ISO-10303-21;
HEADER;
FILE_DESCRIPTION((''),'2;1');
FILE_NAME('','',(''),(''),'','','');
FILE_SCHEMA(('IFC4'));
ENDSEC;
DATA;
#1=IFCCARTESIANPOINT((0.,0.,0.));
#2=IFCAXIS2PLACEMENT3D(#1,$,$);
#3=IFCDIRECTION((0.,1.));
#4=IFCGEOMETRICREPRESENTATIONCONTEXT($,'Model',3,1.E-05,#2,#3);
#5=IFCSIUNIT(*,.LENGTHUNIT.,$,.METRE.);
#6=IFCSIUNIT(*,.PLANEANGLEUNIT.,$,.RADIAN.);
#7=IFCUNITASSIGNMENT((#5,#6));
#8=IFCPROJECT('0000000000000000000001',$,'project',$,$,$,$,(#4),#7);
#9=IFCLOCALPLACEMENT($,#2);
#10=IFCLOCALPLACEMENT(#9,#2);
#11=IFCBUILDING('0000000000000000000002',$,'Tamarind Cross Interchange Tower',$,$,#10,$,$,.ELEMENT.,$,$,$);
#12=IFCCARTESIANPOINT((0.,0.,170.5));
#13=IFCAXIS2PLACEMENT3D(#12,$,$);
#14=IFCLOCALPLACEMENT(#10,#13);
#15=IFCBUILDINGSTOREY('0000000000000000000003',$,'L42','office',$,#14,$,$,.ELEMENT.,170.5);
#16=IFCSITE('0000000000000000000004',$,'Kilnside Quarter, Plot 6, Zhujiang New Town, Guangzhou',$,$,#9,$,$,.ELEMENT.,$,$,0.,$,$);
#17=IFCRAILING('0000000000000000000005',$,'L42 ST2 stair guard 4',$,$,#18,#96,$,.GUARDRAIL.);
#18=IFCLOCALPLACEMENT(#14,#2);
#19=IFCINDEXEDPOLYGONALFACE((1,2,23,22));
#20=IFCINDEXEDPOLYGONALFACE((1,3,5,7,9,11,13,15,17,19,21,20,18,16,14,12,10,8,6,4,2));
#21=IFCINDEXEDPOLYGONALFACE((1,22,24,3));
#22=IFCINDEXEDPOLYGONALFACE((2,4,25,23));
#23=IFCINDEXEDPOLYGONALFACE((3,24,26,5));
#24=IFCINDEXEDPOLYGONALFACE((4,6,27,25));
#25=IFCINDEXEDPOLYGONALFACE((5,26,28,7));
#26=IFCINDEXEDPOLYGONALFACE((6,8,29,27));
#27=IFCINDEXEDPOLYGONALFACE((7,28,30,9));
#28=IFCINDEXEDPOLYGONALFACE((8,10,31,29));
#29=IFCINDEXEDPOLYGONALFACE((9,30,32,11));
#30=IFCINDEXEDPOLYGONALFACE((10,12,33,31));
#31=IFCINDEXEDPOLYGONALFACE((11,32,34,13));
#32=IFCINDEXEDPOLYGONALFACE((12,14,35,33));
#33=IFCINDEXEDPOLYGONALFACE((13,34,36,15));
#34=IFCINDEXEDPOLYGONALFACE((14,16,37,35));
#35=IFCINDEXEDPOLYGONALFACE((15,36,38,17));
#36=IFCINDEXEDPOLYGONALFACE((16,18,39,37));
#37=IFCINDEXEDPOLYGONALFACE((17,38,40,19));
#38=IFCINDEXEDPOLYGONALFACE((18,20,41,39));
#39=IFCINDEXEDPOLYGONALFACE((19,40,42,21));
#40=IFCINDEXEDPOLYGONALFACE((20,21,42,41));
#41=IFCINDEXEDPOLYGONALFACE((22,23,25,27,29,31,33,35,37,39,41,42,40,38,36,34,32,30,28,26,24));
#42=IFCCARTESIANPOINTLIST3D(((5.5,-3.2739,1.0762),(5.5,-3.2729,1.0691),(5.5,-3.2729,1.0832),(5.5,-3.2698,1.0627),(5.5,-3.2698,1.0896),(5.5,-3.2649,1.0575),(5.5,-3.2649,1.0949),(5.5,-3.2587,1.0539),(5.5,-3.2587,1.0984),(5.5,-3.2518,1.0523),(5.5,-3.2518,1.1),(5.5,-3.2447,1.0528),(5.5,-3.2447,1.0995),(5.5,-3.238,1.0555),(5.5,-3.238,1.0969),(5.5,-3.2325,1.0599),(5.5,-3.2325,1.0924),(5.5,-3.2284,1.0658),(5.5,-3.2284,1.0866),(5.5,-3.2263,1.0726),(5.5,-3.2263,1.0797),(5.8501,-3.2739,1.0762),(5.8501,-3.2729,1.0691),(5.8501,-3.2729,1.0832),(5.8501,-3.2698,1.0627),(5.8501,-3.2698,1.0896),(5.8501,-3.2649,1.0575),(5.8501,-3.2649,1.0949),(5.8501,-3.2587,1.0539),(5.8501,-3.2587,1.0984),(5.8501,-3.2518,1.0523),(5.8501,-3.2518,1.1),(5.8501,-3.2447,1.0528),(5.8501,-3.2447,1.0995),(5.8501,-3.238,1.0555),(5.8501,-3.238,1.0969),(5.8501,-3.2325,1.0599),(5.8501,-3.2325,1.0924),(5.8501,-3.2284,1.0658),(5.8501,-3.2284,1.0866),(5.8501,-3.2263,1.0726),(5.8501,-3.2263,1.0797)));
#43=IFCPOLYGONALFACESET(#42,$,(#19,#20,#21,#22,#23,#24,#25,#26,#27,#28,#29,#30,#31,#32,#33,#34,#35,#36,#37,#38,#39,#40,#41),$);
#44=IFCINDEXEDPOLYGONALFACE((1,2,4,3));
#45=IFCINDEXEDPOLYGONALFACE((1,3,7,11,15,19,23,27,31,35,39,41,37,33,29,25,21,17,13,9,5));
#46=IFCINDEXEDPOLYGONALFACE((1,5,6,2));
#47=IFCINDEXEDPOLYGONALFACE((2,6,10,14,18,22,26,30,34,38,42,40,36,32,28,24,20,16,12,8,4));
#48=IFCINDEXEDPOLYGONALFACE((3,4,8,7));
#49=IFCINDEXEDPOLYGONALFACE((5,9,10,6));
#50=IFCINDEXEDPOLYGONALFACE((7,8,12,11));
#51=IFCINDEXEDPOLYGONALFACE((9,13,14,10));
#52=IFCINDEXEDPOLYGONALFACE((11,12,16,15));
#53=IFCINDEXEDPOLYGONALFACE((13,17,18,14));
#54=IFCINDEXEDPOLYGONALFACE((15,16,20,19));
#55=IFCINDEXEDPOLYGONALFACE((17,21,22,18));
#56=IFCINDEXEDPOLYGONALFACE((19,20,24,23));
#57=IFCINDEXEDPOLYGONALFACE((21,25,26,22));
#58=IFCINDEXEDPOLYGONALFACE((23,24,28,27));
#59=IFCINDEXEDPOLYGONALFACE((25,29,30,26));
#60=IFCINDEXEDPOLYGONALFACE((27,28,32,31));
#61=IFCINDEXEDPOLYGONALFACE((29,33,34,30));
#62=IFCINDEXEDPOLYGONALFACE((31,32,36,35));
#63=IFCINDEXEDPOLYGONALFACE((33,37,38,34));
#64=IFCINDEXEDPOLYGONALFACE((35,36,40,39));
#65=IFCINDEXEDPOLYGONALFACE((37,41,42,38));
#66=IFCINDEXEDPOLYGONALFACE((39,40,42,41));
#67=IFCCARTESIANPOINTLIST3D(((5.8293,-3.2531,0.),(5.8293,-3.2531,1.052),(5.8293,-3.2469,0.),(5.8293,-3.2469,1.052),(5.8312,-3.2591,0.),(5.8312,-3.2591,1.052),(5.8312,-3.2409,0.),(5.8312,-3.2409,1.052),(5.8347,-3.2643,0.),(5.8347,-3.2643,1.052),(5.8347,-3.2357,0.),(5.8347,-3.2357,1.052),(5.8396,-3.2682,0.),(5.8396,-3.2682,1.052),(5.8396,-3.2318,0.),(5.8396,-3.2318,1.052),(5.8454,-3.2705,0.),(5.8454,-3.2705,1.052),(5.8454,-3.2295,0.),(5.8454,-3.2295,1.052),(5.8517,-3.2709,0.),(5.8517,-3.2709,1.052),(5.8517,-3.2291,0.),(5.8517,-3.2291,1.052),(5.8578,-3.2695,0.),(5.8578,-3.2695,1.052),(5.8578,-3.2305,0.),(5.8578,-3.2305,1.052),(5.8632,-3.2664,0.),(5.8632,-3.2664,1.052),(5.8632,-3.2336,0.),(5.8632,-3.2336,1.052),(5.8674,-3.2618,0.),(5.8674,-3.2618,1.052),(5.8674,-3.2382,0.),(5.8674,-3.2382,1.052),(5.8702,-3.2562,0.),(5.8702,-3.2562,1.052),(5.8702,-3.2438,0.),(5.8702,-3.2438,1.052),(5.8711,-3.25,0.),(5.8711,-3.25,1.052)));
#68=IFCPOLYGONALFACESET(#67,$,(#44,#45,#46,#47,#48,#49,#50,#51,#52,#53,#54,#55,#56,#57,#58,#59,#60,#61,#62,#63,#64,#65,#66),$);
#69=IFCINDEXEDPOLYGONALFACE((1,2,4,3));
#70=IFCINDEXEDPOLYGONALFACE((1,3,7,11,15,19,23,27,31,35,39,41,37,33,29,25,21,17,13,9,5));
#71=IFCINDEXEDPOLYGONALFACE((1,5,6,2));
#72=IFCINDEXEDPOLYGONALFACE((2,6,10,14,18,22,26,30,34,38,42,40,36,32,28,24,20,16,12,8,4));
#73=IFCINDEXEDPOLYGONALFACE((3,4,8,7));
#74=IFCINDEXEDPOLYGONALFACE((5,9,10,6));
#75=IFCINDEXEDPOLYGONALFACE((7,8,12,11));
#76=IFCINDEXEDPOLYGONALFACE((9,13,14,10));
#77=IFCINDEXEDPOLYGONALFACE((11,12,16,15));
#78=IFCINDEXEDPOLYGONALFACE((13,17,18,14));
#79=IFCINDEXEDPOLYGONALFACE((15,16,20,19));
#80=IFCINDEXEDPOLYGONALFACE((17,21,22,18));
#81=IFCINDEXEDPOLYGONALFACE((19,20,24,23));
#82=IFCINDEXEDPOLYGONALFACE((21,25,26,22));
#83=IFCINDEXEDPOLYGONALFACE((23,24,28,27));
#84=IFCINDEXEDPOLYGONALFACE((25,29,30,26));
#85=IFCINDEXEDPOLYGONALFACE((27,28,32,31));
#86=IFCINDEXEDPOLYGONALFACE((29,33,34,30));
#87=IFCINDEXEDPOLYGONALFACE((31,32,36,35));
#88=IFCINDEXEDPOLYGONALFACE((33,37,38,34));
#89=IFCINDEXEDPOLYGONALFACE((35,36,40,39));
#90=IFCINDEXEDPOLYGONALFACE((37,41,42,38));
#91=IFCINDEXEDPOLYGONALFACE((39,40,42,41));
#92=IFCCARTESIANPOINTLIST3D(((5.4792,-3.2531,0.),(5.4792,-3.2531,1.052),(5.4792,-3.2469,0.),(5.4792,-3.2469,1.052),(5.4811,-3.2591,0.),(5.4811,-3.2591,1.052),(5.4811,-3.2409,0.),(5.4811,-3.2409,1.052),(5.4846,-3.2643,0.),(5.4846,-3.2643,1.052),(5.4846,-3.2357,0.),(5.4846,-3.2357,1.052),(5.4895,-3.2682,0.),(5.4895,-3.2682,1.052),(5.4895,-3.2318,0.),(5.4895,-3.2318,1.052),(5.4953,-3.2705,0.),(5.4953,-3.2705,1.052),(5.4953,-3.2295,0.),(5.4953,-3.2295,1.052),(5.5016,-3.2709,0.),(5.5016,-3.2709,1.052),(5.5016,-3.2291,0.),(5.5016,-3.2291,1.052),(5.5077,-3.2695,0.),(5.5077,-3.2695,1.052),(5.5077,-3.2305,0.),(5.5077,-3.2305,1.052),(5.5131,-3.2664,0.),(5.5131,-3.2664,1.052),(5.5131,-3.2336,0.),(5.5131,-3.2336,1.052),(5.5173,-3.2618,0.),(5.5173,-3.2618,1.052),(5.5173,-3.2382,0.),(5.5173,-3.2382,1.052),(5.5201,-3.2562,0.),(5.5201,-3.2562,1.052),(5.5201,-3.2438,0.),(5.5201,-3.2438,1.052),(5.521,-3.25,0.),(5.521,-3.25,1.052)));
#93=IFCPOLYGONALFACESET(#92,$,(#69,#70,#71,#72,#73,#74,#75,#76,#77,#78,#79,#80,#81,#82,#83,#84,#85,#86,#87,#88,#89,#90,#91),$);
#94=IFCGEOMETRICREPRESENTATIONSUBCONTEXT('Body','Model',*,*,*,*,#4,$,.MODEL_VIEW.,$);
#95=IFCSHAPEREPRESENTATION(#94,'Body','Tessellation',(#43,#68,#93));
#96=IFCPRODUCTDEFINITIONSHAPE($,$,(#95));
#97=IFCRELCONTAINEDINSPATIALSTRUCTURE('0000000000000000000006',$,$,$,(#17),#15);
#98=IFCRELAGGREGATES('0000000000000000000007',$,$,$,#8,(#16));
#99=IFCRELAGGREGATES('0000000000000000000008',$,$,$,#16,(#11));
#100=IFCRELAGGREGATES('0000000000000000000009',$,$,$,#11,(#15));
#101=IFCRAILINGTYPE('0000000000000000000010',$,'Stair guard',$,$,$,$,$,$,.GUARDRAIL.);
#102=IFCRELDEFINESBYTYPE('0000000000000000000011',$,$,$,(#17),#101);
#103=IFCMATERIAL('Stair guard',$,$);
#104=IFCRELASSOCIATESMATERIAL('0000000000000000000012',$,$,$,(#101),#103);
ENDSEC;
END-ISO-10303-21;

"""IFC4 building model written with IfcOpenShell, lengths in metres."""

from ifc_helpers import new_model, si_unit, direction, frame, origin, origin_2d, place, context, subcontext, project, spatial, circle, extrude, material, type_object, element, save


model = new_model("IFC4")

# Units and contexts
model_context = context("Model", 3, precision=1e-05, world=origin(), true_north=direction((0.0, 1.0)))
body_context = subcontext(model_context, "Body", "Model", "MODEL_VIEW")
ifc_project = project(units=[si_unit("LENGTHUNIT", "METRE"), si_unit("PLANEANGLEUNIT", "RADIAN")], contexts=[model_context])

# Site, building, storey
site_placement = place(None, origin())
site = spatial("IfcSite", under=ifc_project, at=site_placement, Name="Kilnside Quarter, Plot 6, Zhujiang New Town, Guangzhou", CompositionType="ELEMENT", RefElevation=0.0)
building_placement = place(site_placement, origin())
building = spatial("IfcBuilding", under=site, at=building_placement, Name="Tamarind Cross Interchange Tower", CompositionType="ELEMENT")
storey_placement = place(building_placement, frame((0.0, 0.0, 170.5)))
storey = spatial("IfcBuildingStorey", under=building, at=storey_placement, Name="L42", Description="office", CompositionType="ELEMENT", Elevation=170.5)

# Railing
ifc_material_1 = material(Name="Stair guard")
railing_type_1 = type_object("IfcRailingType", Name="Stair guard", PredefinedType="GUARDRAIL", material=ifc_material_1)
railing_1_placement = place(storey_placement, frame((5.8501, -3.25, 0.0)))
element("IfcRailing", 1, at=railing_1_placement, inside=storey, type_object=railing_type_1, Name="L42 ST2 stair guard 4", PredefinedType="GUARDRAIL", context=body_context, shape_type="SweptSolid", body=[
    extrude(circle(Radius=0.0239, at=origin_2d()), frame((0.0, 0.0, 1.0762), z_axis=(-1.0, 0.0, 0.0), x_axis=(0.0, -1.0, 0.0)), (0.0, 0.0, 1.0), 0.3501),
    extrude(circle(Radius=0.021, at=origin_2d()), origin(), (0.0, 0.0, 1.0), 1.052),
    extrude(circle(Radius=0.021, at=origin_2d()), frame((-0.3501, 0.0, 0.0)), (0.0, 0.0, 1.0), 1.052),
])

save(model, "model.ifc")
